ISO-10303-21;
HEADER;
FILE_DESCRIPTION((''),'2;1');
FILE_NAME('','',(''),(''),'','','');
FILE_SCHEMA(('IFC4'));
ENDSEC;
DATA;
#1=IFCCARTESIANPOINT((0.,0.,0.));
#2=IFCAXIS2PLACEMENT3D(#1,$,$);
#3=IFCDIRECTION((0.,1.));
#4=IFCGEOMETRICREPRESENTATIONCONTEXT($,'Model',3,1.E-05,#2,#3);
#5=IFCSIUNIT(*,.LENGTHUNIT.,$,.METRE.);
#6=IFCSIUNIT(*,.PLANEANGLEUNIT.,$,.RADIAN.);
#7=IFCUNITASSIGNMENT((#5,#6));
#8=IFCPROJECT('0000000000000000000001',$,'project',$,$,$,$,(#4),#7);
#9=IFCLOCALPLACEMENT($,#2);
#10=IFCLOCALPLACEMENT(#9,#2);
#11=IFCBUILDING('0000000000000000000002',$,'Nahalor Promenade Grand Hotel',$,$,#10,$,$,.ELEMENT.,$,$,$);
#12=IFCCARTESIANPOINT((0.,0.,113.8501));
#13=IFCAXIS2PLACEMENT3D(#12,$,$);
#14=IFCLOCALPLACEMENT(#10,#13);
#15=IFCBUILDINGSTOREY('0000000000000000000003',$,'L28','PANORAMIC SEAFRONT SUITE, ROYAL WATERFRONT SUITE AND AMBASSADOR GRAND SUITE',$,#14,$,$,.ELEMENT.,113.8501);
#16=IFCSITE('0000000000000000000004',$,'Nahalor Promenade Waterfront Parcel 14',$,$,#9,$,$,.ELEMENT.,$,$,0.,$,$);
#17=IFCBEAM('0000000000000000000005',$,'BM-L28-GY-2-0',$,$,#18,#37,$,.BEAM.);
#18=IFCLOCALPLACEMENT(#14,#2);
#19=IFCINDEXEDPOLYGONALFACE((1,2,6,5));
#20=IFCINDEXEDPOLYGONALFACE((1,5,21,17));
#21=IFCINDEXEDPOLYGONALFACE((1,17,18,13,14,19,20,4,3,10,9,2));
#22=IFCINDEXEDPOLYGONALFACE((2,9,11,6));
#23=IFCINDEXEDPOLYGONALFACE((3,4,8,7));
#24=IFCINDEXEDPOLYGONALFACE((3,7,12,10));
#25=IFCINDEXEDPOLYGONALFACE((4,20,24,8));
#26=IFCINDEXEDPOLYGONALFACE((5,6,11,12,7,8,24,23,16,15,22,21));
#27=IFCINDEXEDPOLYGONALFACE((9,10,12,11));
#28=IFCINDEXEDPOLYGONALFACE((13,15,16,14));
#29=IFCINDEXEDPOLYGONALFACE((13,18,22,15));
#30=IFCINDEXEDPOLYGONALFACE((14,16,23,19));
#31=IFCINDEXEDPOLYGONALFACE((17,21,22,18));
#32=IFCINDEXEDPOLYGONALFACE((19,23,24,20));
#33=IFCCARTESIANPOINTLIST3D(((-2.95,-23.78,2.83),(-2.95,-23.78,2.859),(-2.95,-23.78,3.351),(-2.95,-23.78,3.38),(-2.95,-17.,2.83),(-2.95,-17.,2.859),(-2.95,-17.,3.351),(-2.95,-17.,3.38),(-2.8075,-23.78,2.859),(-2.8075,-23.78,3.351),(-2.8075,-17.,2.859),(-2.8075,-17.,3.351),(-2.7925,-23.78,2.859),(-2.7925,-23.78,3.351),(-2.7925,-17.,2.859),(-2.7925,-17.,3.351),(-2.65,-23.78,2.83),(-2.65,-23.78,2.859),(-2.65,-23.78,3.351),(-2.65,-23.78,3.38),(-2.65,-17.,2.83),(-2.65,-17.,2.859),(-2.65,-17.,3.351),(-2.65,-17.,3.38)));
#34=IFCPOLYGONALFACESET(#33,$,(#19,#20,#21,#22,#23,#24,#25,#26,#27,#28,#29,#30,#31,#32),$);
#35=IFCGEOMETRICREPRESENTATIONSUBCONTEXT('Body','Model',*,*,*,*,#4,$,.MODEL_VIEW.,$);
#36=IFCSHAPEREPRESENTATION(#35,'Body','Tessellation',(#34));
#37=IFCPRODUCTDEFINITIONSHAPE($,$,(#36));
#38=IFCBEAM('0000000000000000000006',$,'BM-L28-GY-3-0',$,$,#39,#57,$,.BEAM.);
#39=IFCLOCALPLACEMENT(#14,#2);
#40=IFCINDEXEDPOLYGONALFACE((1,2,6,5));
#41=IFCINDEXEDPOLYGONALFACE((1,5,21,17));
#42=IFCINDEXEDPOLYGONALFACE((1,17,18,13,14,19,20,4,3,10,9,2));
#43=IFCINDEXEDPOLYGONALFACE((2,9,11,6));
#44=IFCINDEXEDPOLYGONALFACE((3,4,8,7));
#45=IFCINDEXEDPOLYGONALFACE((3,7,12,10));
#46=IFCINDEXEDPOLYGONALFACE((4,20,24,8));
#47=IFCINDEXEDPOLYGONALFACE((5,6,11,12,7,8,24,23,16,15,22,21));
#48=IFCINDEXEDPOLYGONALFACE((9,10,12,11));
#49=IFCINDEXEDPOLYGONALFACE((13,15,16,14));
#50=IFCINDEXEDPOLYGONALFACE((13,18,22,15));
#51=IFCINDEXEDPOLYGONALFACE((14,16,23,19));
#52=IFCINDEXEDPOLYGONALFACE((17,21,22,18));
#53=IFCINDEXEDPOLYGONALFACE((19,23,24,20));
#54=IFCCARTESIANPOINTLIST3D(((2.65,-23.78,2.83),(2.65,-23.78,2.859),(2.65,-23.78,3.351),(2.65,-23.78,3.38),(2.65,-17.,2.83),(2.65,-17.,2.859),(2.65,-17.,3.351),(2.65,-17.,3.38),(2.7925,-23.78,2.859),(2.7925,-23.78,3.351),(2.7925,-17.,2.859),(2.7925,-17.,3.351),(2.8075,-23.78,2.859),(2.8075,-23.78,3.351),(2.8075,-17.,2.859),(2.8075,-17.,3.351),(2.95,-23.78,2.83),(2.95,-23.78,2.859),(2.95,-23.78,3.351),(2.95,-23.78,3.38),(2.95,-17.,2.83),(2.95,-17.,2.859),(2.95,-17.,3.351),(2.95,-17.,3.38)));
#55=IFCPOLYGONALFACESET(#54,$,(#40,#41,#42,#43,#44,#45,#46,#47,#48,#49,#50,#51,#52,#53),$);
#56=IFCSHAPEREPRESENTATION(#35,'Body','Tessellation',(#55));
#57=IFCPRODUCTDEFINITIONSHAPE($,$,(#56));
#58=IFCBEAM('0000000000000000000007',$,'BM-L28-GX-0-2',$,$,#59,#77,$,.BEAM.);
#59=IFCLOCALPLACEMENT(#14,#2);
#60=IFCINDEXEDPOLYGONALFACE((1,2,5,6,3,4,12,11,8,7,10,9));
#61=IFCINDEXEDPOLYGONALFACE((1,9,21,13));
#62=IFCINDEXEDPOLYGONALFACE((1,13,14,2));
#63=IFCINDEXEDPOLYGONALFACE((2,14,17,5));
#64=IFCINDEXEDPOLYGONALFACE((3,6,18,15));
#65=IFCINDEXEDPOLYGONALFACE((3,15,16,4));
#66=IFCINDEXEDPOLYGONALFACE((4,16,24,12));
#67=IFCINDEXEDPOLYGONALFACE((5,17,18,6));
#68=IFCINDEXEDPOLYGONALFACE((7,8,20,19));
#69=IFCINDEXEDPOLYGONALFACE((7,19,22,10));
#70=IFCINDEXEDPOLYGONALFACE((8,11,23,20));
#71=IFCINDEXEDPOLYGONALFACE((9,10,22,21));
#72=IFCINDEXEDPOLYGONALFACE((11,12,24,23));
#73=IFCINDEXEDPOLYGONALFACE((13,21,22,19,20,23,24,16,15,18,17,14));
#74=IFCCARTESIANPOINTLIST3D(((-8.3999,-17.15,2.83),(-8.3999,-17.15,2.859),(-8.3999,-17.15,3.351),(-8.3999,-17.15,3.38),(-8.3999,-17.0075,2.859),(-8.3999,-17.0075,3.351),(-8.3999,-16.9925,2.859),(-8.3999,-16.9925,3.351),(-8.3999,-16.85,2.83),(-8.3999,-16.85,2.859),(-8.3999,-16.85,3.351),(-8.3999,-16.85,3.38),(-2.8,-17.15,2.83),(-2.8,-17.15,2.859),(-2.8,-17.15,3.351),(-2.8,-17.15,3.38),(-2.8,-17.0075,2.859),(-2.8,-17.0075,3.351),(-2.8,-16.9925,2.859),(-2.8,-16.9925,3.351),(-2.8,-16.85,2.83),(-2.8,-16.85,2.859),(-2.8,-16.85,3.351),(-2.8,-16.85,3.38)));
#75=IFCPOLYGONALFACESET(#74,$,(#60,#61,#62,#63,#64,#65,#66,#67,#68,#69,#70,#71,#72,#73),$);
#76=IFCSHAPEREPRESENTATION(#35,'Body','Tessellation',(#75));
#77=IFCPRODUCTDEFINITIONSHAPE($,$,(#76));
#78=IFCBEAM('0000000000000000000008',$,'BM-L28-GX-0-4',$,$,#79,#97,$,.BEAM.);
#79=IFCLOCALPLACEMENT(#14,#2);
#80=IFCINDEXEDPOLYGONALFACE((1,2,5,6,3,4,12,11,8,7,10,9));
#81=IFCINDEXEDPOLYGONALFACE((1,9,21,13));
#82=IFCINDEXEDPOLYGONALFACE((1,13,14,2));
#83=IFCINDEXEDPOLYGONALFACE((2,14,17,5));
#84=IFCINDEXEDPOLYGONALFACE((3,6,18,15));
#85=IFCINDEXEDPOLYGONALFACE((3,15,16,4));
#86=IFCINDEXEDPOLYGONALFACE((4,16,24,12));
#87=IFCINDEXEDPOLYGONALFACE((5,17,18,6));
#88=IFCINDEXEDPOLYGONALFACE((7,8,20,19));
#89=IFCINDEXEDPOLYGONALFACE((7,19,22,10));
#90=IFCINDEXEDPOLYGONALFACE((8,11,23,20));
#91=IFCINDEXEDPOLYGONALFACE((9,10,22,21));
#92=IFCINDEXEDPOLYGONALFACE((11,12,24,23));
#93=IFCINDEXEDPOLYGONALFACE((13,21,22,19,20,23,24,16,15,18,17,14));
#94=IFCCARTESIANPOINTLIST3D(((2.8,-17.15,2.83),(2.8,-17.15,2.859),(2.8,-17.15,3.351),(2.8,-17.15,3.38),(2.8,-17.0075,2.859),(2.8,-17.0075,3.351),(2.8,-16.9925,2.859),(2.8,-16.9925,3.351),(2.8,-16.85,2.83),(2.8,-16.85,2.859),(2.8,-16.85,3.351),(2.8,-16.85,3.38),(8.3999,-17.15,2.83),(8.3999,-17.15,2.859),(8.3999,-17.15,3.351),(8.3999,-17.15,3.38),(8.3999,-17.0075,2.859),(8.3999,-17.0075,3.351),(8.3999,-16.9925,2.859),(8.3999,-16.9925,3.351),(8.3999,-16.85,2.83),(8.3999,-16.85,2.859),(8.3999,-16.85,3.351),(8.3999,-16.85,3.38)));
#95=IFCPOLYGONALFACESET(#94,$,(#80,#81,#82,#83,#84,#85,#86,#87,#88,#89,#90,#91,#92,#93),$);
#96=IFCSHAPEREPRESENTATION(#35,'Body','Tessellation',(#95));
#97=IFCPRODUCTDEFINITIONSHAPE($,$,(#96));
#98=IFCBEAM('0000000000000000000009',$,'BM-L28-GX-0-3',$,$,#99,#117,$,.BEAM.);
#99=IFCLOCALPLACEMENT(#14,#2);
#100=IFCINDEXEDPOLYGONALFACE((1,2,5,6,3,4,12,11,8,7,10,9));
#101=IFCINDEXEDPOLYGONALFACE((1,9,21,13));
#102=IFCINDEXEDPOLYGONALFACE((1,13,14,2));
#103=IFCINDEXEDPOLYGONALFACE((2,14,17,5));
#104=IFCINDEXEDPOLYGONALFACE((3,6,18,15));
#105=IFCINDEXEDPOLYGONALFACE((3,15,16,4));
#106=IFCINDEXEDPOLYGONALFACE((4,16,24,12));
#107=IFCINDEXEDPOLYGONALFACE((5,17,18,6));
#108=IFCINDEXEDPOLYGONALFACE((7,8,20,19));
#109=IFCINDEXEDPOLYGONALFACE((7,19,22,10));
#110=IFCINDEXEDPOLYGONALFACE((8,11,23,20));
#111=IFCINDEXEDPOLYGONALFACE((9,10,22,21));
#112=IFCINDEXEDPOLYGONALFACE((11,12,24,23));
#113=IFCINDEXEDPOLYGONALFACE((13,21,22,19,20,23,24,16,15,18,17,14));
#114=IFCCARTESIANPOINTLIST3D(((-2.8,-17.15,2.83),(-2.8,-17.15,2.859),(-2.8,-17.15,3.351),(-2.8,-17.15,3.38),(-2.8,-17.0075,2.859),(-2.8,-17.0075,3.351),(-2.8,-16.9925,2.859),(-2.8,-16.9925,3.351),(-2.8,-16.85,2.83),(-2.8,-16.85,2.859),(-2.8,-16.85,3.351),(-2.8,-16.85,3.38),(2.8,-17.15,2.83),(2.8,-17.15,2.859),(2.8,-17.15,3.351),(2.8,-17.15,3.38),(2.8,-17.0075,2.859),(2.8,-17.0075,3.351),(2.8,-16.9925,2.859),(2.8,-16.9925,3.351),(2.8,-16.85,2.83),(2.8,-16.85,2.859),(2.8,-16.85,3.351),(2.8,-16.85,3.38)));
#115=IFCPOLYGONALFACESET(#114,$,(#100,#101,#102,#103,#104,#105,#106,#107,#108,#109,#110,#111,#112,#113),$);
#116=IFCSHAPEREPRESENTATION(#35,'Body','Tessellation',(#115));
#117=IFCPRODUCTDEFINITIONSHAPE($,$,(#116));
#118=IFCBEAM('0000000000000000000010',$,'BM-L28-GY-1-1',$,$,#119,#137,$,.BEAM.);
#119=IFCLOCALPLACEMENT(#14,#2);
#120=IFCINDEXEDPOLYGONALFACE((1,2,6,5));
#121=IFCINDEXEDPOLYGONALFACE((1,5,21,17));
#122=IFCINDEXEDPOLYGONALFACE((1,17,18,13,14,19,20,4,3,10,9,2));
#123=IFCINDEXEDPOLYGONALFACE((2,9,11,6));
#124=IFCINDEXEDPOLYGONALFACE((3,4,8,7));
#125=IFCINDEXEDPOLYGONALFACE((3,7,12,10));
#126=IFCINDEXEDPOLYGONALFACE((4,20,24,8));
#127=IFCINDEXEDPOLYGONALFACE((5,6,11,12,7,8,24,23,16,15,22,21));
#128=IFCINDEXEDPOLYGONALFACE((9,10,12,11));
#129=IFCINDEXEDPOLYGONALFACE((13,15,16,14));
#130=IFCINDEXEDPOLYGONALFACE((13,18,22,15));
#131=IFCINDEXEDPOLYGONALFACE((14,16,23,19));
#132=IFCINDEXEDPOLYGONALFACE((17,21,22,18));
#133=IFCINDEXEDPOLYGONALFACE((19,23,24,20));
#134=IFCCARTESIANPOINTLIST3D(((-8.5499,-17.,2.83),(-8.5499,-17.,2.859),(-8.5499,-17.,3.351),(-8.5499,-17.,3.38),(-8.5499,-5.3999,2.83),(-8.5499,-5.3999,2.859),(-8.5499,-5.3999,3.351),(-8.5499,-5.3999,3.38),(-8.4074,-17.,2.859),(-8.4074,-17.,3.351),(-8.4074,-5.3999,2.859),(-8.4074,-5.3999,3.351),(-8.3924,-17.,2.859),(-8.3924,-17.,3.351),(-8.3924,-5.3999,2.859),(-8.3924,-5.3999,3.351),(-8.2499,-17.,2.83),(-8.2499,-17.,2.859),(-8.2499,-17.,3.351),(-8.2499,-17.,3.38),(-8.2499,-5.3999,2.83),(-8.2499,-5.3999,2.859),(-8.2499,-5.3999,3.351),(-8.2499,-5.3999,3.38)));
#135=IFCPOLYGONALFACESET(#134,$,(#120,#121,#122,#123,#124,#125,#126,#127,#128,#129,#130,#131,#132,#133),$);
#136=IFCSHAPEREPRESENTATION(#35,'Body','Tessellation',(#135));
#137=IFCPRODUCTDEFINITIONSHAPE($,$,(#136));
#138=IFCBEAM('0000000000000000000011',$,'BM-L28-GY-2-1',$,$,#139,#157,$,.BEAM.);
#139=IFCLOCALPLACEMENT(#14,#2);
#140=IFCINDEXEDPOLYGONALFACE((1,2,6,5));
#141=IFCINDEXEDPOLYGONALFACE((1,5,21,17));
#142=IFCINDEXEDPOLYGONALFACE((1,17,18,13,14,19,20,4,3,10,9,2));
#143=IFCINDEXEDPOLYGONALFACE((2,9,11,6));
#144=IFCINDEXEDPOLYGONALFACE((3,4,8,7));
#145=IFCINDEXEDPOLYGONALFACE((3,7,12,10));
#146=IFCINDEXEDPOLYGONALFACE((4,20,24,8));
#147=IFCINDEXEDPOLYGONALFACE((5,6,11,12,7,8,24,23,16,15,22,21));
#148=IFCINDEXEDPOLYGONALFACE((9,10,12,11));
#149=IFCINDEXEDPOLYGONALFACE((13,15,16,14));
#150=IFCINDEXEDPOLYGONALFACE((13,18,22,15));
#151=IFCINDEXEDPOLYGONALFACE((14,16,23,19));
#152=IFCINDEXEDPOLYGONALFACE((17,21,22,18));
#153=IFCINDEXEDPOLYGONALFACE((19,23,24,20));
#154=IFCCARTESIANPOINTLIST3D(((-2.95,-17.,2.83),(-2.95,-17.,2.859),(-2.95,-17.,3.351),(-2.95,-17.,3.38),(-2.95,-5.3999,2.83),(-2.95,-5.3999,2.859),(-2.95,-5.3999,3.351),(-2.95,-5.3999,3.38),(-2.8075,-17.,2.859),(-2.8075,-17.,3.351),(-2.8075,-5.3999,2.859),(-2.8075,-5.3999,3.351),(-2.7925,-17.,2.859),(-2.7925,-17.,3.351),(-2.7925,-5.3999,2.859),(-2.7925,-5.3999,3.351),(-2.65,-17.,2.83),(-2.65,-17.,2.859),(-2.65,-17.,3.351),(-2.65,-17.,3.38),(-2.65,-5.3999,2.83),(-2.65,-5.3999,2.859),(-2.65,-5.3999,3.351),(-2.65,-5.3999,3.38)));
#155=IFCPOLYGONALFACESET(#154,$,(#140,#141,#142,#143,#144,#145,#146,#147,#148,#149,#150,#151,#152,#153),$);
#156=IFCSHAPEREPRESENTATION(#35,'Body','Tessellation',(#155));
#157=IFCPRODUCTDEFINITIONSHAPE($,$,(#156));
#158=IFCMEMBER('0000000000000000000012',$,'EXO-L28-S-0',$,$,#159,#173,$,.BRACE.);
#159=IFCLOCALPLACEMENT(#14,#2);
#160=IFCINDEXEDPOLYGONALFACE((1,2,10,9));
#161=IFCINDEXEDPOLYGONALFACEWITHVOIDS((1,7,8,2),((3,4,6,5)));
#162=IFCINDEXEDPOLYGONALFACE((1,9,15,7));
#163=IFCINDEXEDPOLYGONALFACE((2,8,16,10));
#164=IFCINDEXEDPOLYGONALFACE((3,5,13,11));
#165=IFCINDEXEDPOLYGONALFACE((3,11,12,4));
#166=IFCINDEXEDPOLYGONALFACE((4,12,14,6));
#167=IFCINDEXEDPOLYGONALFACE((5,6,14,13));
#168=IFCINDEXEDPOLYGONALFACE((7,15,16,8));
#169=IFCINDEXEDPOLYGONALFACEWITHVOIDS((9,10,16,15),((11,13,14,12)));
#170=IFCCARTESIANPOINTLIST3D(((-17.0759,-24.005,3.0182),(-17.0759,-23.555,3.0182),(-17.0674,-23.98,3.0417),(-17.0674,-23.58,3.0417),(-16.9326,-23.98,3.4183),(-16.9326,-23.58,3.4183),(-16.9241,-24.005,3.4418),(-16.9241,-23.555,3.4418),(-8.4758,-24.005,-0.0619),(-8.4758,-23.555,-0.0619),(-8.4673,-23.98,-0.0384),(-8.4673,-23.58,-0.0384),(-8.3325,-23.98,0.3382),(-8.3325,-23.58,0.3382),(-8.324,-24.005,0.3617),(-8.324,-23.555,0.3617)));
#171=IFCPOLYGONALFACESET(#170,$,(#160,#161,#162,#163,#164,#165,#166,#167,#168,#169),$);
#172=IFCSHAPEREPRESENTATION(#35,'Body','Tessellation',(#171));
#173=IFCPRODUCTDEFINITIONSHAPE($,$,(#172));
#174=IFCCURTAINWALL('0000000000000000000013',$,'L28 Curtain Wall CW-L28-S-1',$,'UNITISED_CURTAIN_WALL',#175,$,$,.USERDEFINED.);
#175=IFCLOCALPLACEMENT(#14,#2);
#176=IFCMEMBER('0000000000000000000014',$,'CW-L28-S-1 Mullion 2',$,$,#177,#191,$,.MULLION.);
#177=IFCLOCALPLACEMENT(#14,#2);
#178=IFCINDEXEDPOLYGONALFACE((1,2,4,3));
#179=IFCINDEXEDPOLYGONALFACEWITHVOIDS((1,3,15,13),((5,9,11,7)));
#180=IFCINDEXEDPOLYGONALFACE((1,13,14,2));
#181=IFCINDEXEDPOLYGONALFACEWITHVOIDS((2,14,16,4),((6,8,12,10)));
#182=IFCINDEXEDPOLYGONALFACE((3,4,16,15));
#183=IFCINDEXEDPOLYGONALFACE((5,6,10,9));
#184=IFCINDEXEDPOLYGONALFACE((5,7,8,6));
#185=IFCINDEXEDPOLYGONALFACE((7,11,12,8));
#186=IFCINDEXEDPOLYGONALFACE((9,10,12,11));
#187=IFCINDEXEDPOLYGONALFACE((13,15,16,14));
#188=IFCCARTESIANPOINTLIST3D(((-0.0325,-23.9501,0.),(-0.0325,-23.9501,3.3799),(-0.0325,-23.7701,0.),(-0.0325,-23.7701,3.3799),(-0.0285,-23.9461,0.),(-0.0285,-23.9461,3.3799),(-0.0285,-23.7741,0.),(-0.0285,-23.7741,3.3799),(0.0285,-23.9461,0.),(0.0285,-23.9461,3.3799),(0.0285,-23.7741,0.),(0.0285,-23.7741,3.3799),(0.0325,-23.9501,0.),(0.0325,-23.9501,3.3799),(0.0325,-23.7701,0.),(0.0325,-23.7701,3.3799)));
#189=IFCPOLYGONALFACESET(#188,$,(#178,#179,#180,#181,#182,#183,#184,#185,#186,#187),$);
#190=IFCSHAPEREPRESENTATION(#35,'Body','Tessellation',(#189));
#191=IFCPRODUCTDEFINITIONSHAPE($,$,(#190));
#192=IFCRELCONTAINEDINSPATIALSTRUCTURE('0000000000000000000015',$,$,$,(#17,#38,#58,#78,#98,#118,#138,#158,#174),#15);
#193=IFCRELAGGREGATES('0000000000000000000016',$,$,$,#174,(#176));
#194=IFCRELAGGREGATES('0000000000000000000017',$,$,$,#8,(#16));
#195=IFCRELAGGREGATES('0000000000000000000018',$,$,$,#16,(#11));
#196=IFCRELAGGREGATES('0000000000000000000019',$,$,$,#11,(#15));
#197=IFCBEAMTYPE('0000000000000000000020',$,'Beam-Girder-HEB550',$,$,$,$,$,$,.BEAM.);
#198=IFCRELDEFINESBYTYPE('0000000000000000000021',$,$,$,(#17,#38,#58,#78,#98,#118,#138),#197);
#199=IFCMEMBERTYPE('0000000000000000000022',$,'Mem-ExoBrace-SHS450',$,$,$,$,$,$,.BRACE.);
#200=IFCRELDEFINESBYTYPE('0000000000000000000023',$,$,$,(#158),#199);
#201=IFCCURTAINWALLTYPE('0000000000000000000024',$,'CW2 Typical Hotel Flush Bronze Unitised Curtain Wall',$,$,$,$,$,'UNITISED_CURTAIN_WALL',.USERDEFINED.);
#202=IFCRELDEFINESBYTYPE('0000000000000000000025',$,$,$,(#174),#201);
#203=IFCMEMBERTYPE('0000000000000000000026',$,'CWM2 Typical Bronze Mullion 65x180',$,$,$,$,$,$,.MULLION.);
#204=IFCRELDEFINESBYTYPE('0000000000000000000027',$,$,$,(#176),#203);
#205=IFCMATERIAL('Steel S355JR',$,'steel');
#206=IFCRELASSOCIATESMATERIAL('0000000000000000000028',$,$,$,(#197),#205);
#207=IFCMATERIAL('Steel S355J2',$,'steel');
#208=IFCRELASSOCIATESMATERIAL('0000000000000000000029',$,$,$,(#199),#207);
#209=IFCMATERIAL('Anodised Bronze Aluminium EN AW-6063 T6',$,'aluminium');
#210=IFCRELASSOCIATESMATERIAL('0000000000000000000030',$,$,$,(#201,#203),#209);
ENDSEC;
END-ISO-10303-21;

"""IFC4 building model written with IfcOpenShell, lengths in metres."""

from ifc_helpers import new_model, si_unit, direction, frame, origin, origin_2d, place, context, subcontext, project, spatial, hollow_rectangle, i_section, extrude, source, transform, mapped, material, material_profile, profile_set, type_object, element, aggregate, save


model = new_model("IFC4")

# Units and contexts
model_context = context("Model", 3, precision=1e-05, world=origin(), true_north=direction((0.0, 1.0)))
body_context = subcontext(model_context, "Body", "Model", "MODEL_VIEW")
ifc_project = project(units=[si_unit("LENGTHUNIT", "METRE"), si_unit("PLANEANGLEUNIT", "RADIAN")], contexts=[model_context])

# Site, building, storey
site_placement = place(None, origin())
site = spatial("IfcSite", under=ifc_project, at=site_placement, Name="Nahalor Promenade Waterfront Parcel 14", CompositionType="ELEMENT", RefElevation=0.0)
building_placement = place(site_placement, origin())
building = spatial("IfcBuilding", under=site, at=building_placement, Name="Nahalor Promenade Grand Hotel", CompositionType="ELEMENT")
storey_placement = place(building_placement, frame((0.0, 0.0, 113.8501)))
storey = spatial("IfcBuildingStorey", under=building, at=storey_placement, Name="L28", Description="PANORAMIC SEAFRONT SUITE, ROYAL WATERFRONT SUITE AND AMBASSADOR GRAND SUITE", CompositionType="ELEMENT", Elevation=113.8501)

# Shared definitions
ifc_material_1 = material(Name="Steel S355J2", Category="steel")

# Beams
ifc_material_2 = material(Name="Steel S355JR", Category="steel")
ifc_material_profile_1 = material_profile(ifc_material_2, i_section(OverallWidth=0.3, OverallDepth=0.55, WebThickness=0.015, FlangeThickness=0.029, at=origin_2d()), Name="HEB 550")
ifc_profile_set_1 = profile_set([ifc_material_profile_1], Name="Steel S355JR")
beam_type_1 = type_object("IfcBeamType", Name="Beam-Girder-HEB550", PredefinedType="BEAM", material=ifc_profile_set_1)
shared_shape_1 = source(origin(), body_context, "Body", "SweptSolid", [
    extrude(i_section(OverallWidth=0.3, OverallDepth=0.55, WebThickness=0.015, FlangeThickness=0.029, at=origin_2d()), origin(), (0.0, 0.0, 1.0), 6.78),
])
for number, where, z_axis, x_axis, name in (
    (1, (-2.8, -23.78, 3.105), (0.0, 1.0, 0.0), (-1.0, 0.0, 0.0), "BM-L28-GY-2-0"),
    (2, (2.8, -23.78, 3.105), (0.0, 1.0, 0.0), (-1.0, 0.0, 0.0), "BM-L28-GY-3-0"),
):
    element("IfcBeam", number, at=place(storey_placement, frame(where, z_axis=z_axis, x_axis=x_axis)), inside=storey, type_object=beam_type_1, Name=name, PredefinedType="BEAM", context=body_context, shape_type="MappedRepresentation", body=[
        mapped(shared_shape_1, transform((0.0, 0.0, 0.0), scale=1.0)),
    ])
shared_shape_2 = source(origin(), body_context, "Body", "SweptSolid", [
    extrude(i_section(OverallWidth=0.3, OverallDepth=0.55, WebThickness=0.015, FlangeThickness=0.029, at=origin_2d()), origin(), (0.0, 0.0, 1.0), 5.5999),
])
for number, where, z_axis, x_axis, name in (
    (3, (-8.3999, -17.0, 3.105), (1.0, 0.0, 0.0), (0.0, 1.0, 0.0), "BM-L28-GX-0-2"),
    (4, (2.8, -17.0, 3.105), (1.0, 0.0, 0.0), (0.0, 1.0, 0.0), "BM-L28-GX-0-4"),
):
    element("IfcBeam", number, at=place(storey_placement, frame(where, z_axis=z_axis, x_axis=x_axis)), inside=storey, type_object=beam_type_1, Name=name, PredefinedType="BEAM", context=body_context, shape_type="MappedRepresentation", body=[
        mapped(shared_shape_2, transform((0.0, 0.0, 0.0), scale=1.0)),
    ])
shared_shape_3 = source(origin(), body_context, "Body", "SweptSolid", [
    extrude(i_section(OverallWidth=0.3, OverallDepth=0.55, WebThickness=0.015, FlangeThickness=0.029, at=origin_2d()), origin(), (0.0, 0.0, 1.0), 5.6001),
])
beam_1_placement = place(storey_placement, frame((-2.8, -17.0, 3.105), z_axis=(1.0, 0.0, 0.0), x_axis=(0.0, 1.0, 0.0)))
element("IfcBeam", 5, at=beam_1_placement, inside=storey, type_object=beam_type_1, Name="BM-L28-GX-0-3", PredefinedType="BEAM", context=body_context, shape_type="MappedRepresentation", body=[
    mapped(shared_shape_3, transform((0.0, 0.0, 0.0), scale=1.0)),
])
shared_shape_4 = source(origin(), body_context, "Body", "SweptSolid", [
    extrude(i_section(OverallWidth=0.3, OverallDepth=0.55, WebThickness=0.015, FlangeThickness=0.029, at=origin_2d()), origin(), (0.0, 0.0, 1.0), 11.6001),
])
for number, where, z_axis, x_axis, name in (
    (6, (-8.3999, -17.0, 3.105), (0.0, 1.0, 0.0), (-1.0, 0.0, 0.0), "BM-L28-GY-1-1"),
    (7, (-2.8, -17.0, 3.105), (0.0, 1.0, 0.0), (-1.0, 0.0, 0.0), "BM-L28-GY-2-1"),
):
    element("IfcBeam", number, at=place(storey_placement, frame(where, z_axis=z_axis, x_axis=x_axis)), inside=storey, type_object=beam_type_1, Name=name, PredefinedType="BEAM", context=body_context, shape_type="MappedRepresentation", body=[
        mapped(shared_shape_4, transform((0.0, 0.0, 0.0), scale=1.0)),
    ])

# Member
ifc_material_profile_2 = material_profile(ifc_material_1, hollow_rectangle(XDim=0.45, YDim=0.45, WallThickness=0.025, at=origin_2d()), Name="SHS 450x450x25")
ifc_profile_set_2 = profile_set([ifc_material_profile_2], Name="Steel S355J2")
member_type_1 = type_object("IfcMemberType", Name="Mem-ExoBrace-SHS450", PredefinedType="BRACE", material=ifc_profile_set_2)
shared_shape_5 = source(origin(), body_context, "Body", "SweptSolid", [
    extrude(hollow_rectangle(XDim=0.45, YDim=0.45, WallThickness=0.025, at=origin_2d()), origin(), (0.0, 0.0, 1.0), 9.135),
])
member_1_placement = place(storey_placement, frame((-8.3999, -23.78, 0.1499), z_axis=(-0.941443, 0.0, 0.337173), x_axis=(0.0, -1.0, 0.0)))
element("IfcMember", 8, at=member_1_placement, inside=storey, type_object=member_type_1, Name="EXO-L28-S-0", PredefinedType="BRACE", context=body_context, shape_type="MappedRepresentation", body=[
    mapped(shared_shape_5, transform((0.0, 0.0, 0.0), scale=1.0)),
])

# Curtain wall, member
ifc_material_3 = material(Name="Anodised Bronze Aluminium EN AW-6063 T6", Category="aluminium")
curtain_wall_type = type_object("IfcCurtainWallType", Name="CW2 Typical Hotel Flush Bronze Unitised Curtain Wall", ElementType="UNITISED_CURTAIN_WALL", PredefinedType="USERDEFINED", material=ifc_material_3)
curtain_wall_placement = place(storey_placement, origin())
curtain_wall = element("IfcCurtainWall", 9, at=curtain_wall_placement, inside=storey, type_object=curtain_wall_type, Name="L28 Curtain Wall CW-L28-S-1", ObjectType="UNITISED_CURTAIN_WALL", PredefinedType="USERDEFINED")
ifc_material_profile_3 = material_profile(ifc_material_3, hollow_rectangle(XDim=0.065, YDim=0.18, WallThickness=0.004, at=origin_2d()), Name="CWM 65x180x4")
ifc_profile_set_3 = profile_set([ifc_material_profile_3], Name="Anodised Bronze Aluminium EN AW-6063 T6")
member_type_2 = type_object("IfcMemberType", Name="CWM2 Typical Bronze Mullion 65x180", PredefinedType="MULLION", material=ifc_profile_set_3)
shared_shape_6 = source(origin(), body_context, "Body", "SweptSolid", [
    extrude(hollow_rectangle(XDim=0.065, YDim=0.18, WallThickness=0.004, at=origin_2d()), origin(), (0.0, 0.0, 1.0), 3.3799),
])
member_2_placement = place(storey_placement, frame((0.0, -23.8601, 0.0), z_axis=(0.0, 0.0, 1.0), x_axis=(1.0, 0.0, 0.0)))
member_2 = element("IfcMember", 10, at=member_2_placement, type_object=member_type_2, Name="CW-L28-S-1 Mullion 2", PredefinedType="MULLION", context=body_context, shape_type="MappedRepresentation", body=[
    mapped(shared_shape_6, transform((0.0, 0.0, 0.0), scale=1.0)),
])
aggregate(curtain_wall, [member_2])

save(model, "model.ifc")
